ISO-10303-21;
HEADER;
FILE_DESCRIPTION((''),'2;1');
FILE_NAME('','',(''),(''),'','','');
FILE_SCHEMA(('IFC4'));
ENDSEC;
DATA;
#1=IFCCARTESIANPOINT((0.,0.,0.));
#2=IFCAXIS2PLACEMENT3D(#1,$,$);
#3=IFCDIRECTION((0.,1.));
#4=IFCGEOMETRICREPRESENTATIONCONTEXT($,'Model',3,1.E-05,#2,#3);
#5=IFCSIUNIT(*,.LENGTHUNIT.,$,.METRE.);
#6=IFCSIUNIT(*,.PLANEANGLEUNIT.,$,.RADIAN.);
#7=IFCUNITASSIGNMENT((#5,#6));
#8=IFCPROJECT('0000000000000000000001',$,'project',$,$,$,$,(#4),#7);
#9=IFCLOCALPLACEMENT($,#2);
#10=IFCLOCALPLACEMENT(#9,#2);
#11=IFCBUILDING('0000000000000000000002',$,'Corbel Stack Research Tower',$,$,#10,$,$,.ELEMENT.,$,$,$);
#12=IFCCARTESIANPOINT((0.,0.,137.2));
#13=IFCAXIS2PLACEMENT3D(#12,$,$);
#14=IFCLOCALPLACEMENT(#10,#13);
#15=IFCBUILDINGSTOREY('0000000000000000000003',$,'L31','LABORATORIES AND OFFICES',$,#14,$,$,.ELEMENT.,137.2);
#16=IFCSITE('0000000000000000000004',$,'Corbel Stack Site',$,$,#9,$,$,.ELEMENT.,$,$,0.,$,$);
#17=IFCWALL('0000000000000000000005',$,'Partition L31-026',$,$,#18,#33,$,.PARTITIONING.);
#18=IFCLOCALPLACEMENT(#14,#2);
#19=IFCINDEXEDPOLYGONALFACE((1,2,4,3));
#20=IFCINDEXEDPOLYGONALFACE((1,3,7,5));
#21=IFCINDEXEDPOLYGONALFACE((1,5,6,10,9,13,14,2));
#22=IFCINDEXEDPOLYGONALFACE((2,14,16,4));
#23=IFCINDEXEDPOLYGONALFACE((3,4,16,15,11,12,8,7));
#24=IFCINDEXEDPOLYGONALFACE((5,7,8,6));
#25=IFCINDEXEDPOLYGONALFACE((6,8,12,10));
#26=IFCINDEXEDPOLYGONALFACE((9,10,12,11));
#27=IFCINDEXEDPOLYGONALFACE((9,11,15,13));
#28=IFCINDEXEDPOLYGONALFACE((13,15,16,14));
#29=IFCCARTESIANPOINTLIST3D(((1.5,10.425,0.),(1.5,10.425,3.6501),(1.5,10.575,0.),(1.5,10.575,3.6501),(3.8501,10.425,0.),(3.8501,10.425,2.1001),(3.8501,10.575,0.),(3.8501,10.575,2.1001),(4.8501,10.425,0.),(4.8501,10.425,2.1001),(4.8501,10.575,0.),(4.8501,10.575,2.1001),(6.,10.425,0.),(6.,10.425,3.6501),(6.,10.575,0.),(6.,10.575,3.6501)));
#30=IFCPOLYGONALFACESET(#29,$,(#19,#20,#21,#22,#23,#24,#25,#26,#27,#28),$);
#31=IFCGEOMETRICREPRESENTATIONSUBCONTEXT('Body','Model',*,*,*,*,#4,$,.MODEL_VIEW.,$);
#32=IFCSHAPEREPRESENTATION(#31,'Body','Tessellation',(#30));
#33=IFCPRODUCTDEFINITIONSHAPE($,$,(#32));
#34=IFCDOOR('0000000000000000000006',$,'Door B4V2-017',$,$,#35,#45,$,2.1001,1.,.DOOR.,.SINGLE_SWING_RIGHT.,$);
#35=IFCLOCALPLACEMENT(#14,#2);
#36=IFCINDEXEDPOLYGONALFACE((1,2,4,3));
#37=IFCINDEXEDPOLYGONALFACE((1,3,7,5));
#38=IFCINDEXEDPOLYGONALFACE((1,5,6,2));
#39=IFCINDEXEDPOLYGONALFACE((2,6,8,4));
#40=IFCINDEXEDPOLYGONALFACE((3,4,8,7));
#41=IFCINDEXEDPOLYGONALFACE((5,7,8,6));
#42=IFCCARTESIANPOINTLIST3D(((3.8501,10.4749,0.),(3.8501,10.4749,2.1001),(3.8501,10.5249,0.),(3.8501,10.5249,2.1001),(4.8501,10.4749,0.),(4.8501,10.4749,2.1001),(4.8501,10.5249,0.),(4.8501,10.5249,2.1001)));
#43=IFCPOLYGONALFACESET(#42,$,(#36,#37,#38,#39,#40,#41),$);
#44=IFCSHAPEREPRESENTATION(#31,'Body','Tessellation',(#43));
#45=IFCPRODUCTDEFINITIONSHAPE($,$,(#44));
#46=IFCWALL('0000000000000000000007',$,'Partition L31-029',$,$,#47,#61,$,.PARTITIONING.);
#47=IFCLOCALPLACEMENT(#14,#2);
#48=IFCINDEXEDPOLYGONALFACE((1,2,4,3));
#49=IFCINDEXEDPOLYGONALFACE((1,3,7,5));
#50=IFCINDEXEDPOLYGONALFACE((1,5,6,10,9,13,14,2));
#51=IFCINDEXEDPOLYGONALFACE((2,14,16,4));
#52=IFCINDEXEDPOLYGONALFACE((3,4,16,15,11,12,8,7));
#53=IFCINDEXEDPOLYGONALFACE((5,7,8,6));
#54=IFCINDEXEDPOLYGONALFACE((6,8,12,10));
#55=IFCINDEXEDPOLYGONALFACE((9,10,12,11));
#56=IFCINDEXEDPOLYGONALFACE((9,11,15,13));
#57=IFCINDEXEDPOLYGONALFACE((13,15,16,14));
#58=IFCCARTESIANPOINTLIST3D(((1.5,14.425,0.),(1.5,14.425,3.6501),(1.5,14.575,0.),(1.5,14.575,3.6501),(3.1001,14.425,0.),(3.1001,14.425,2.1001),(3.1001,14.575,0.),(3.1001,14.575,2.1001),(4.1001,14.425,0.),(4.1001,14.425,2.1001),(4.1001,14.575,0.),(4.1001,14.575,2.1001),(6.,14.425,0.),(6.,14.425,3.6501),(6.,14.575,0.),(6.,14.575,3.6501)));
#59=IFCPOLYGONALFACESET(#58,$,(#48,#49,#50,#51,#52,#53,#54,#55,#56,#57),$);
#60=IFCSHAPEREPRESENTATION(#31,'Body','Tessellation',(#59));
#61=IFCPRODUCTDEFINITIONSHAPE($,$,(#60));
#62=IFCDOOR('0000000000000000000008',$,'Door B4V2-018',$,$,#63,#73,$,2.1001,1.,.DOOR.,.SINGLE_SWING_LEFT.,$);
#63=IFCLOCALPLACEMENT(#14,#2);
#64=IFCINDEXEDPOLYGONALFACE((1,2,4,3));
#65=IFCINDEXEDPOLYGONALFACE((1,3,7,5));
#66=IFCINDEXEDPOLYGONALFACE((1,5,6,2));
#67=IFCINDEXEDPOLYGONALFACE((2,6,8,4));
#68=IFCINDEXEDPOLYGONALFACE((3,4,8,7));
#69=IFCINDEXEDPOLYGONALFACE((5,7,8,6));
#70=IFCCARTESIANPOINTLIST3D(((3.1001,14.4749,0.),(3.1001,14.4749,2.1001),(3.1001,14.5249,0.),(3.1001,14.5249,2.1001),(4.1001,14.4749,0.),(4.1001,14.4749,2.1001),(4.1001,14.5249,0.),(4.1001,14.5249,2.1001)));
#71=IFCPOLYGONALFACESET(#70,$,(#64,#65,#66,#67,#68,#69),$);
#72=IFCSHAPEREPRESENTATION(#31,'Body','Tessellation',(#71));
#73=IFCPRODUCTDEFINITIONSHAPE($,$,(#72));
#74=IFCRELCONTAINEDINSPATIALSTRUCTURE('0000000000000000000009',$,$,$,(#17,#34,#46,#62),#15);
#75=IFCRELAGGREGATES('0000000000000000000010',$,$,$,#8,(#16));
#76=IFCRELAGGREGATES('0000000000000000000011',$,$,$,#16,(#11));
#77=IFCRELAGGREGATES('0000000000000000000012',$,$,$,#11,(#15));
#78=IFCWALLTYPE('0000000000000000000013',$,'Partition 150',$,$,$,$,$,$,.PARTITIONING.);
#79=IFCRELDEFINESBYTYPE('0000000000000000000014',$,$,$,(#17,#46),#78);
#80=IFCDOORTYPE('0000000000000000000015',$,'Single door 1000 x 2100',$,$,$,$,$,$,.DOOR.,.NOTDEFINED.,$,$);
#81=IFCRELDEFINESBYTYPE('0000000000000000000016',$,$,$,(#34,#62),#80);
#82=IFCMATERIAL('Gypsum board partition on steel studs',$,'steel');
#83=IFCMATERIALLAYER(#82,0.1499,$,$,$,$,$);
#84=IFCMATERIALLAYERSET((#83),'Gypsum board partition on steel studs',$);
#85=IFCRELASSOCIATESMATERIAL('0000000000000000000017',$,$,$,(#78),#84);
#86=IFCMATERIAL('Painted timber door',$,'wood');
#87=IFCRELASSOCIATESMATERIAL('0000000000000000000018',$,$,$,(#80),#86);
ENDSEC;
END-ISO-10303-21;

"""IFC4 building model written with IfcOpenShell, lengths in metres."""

from ifc_helpers import new_model, si_unit, direction, frame, frame_2d, origin, place, context, subcontext, project, spatial, rectangle, extrude, material, layer, layer_set, type_object, element, fill, save


model = new_model("IFC4")

# Units and contexts
model_context = context("Model", 3, precision=1e-05, world=origin(), true_north=direction((0.0, 1.0)))
body_context = subcontext(model_context, "Body", "Model", "MODEL_VIEW")
ifc_project = project(units=[si_unit("LENGTHUNIT", "METRE"), si_unit("PLANEANGLEUNIT", "RADIAN")], contexts=[model_context])

# Site, building, storey
site_placement = place(None, origin())
site = spatial("IfcSite", under=ifc_project, at=site_placement, Name="Corbel Stack Site", CompositionType="ELEMENT", RefElevation=0.0)
building_placement = place(site_placement, origin())
building = spatial("IfcBuilding", under=site, at=building_placement, Name="Corbel Stack Research Tower", CompositionType="ELEMENT")
storey_placement = place(building_placement, frame((0.0, 0.0, 137.2)))
storey = spatial("IfcBuildingStorey", under=building, at=storey_placement, Name="L31", Description="LABORATORIES AND OFFICES", CompositionType="ELEMENT", Elevation=137.2)

# Walls, openings, doors
ifc_material_1 = material(Name="Gypsum board partition on steel studs", Category="steel")
ifc_layer_1 = layer(ifc_material_1, 0.1499)
ifc_layer_set_1 = layer_set([ifc_layer_1], Name="Gypsum board partition on steel studs")
wall_type_1 = type_object("IfcWallType", Name="Partition 150", PredefinedType="PARTITIONING", material=ifc_layer_set_1)
wall_1_placement = place(storey_placement, frame((1.5, 10.5, 0.0), z_axis=(0.0, 0.0, 1.0), x_axis=(1.0, 0.0, 0.0)))
wall_1 = element("IfcWall", 1, at=wall_1_placement, inside=storey, type_object=wall_type_1, Name="Partition L31-026", PredefinedType="PARTITIONING", context=body_context, shape_type="SweptSolid", body=[
    extrude(rectangle(XDim=4.5, YDim=0.1499, at=frame_2d((2.25, 0.0))), origin(), (0.0, 0.0, 1.0), 3.6501),
])
opening_1_placement = place(wall_1_placement, frame((2.3501, 0.0, 0.0)))
opening_1 = element("IfcOpeningElement", 2, at=opening_1_placement, cuts=wall_1, PredefinedType="OPENING", context=body_context, shape_type="SweptSolid", body=[
    extrude(rectangle(XDim=1.0, YDim=2.1001, at=frame_2d((0.5, 1.05))), frame((0.0, 0.085, 0.0), z_axis=(0.0, -1.0, 0.0), x_axis=(1.0, 0.0, 0.0)), (0.0, 0.0, 1.0), 0.1699),
])
ifc_material_2 = material(Name="Painted timber door", Category="wood")
door_type_1 = type_object("IfcDoorType", Name="Single door 1000 x 2100", OperationType="NOTDEFINED", PredefinedType="DOOR", material=ifc_material_2)
door_1_placement = place(opening_1_placement, origin())
door_1 = element("IfcDoor", 3, at=door_1_placement, inside=storey, type_object=door_type_1, Name="Door B4V2-017", OperationType="SINGLE_SWING_RIGHT", OverallHeight=2.1001, OverallWidth=1.0, PredefinedType="DOOR", context=body_context, shape_type="SweptSolid", body=[
    extrude(rectangle(XDim=1.0, YDim=2.1001, at=frame_2d((0.5, 1.05))), frame((0.0, 0.0249, 0.0), z_axis=(0.0, -1.0, 0.0), x_axis=(1.0, 0.0, 0.0)), (0.0, 0.0, 1.0), 0.05),
])
fill(opening_1, door_1)
wall_2_placement = place(storey_placement, frame((1.5, 14.5, 0.0), z_axis=(0.0, 0.0, 1.0), x_axis=(1.0, 0.0, 0.0)))
wall_2 = element("IfcWall", 4, at=wall_2_placement, inside=storey, type_object=wall_type_1, Name="Partition L31-029", PredefinedType="PARTITIONING", context=body_context, shape_type="SweptSolid", body=[
    extrude(rectangle(XDim=4.5, YDim=0.1499, at=frame_2d((2.25, 0.0))), origin(), (0.0, 0.0, 1.0), 3.6501),
])
opening_2_placement = place(wall_2_placement, frame((1.6001, 0.0, 0.0)))
opening_2 = element("IfcOpeningElement", 5, at=opening_2_placement, cuts=wall_2, PredefinedType="OPENING", context=body_context, shape_type="SweptSolid", body=[
    extrude(rectangle(XDim=1.0, YDim=2.1001, at=frame_2d((0.5, 1.05))), frame((0.0, 0.085, 0.0), z_axis=(0.0, -1.0, 0.0), x_axis=(1.0, 0.0, 0.0)), (0.0, 0.0, 1.0), 0.1699),
])
door_2_placement = place(opening_2_placement, origin())
door_2 = element("IfcDoor", 6, at=door_2_placement, inside=storey, type_object=door_type_1, Name="Door B4V2-018", OperationType="SINGLE_SWING_LEFT", OverallHeight=2.1001, OverallWidth=1.0, PredefinedType="DOOR", context=body_context, shape_type="SweptSolid", body=[
    extrude(rectangle(XDim=1.0, YDim=2.1001, at=frame_2d((0.5, 1.05))), frame((0.0, 0.0249, 0.0), z_axis=(0.0, -1.0, 0.0), x_axis=(1.0, 0.0, 0.0)), (0.0, 0.0, 1.0), 0.05),
])
fill(opening_2, door_2)

save(model, "model.ifc")
